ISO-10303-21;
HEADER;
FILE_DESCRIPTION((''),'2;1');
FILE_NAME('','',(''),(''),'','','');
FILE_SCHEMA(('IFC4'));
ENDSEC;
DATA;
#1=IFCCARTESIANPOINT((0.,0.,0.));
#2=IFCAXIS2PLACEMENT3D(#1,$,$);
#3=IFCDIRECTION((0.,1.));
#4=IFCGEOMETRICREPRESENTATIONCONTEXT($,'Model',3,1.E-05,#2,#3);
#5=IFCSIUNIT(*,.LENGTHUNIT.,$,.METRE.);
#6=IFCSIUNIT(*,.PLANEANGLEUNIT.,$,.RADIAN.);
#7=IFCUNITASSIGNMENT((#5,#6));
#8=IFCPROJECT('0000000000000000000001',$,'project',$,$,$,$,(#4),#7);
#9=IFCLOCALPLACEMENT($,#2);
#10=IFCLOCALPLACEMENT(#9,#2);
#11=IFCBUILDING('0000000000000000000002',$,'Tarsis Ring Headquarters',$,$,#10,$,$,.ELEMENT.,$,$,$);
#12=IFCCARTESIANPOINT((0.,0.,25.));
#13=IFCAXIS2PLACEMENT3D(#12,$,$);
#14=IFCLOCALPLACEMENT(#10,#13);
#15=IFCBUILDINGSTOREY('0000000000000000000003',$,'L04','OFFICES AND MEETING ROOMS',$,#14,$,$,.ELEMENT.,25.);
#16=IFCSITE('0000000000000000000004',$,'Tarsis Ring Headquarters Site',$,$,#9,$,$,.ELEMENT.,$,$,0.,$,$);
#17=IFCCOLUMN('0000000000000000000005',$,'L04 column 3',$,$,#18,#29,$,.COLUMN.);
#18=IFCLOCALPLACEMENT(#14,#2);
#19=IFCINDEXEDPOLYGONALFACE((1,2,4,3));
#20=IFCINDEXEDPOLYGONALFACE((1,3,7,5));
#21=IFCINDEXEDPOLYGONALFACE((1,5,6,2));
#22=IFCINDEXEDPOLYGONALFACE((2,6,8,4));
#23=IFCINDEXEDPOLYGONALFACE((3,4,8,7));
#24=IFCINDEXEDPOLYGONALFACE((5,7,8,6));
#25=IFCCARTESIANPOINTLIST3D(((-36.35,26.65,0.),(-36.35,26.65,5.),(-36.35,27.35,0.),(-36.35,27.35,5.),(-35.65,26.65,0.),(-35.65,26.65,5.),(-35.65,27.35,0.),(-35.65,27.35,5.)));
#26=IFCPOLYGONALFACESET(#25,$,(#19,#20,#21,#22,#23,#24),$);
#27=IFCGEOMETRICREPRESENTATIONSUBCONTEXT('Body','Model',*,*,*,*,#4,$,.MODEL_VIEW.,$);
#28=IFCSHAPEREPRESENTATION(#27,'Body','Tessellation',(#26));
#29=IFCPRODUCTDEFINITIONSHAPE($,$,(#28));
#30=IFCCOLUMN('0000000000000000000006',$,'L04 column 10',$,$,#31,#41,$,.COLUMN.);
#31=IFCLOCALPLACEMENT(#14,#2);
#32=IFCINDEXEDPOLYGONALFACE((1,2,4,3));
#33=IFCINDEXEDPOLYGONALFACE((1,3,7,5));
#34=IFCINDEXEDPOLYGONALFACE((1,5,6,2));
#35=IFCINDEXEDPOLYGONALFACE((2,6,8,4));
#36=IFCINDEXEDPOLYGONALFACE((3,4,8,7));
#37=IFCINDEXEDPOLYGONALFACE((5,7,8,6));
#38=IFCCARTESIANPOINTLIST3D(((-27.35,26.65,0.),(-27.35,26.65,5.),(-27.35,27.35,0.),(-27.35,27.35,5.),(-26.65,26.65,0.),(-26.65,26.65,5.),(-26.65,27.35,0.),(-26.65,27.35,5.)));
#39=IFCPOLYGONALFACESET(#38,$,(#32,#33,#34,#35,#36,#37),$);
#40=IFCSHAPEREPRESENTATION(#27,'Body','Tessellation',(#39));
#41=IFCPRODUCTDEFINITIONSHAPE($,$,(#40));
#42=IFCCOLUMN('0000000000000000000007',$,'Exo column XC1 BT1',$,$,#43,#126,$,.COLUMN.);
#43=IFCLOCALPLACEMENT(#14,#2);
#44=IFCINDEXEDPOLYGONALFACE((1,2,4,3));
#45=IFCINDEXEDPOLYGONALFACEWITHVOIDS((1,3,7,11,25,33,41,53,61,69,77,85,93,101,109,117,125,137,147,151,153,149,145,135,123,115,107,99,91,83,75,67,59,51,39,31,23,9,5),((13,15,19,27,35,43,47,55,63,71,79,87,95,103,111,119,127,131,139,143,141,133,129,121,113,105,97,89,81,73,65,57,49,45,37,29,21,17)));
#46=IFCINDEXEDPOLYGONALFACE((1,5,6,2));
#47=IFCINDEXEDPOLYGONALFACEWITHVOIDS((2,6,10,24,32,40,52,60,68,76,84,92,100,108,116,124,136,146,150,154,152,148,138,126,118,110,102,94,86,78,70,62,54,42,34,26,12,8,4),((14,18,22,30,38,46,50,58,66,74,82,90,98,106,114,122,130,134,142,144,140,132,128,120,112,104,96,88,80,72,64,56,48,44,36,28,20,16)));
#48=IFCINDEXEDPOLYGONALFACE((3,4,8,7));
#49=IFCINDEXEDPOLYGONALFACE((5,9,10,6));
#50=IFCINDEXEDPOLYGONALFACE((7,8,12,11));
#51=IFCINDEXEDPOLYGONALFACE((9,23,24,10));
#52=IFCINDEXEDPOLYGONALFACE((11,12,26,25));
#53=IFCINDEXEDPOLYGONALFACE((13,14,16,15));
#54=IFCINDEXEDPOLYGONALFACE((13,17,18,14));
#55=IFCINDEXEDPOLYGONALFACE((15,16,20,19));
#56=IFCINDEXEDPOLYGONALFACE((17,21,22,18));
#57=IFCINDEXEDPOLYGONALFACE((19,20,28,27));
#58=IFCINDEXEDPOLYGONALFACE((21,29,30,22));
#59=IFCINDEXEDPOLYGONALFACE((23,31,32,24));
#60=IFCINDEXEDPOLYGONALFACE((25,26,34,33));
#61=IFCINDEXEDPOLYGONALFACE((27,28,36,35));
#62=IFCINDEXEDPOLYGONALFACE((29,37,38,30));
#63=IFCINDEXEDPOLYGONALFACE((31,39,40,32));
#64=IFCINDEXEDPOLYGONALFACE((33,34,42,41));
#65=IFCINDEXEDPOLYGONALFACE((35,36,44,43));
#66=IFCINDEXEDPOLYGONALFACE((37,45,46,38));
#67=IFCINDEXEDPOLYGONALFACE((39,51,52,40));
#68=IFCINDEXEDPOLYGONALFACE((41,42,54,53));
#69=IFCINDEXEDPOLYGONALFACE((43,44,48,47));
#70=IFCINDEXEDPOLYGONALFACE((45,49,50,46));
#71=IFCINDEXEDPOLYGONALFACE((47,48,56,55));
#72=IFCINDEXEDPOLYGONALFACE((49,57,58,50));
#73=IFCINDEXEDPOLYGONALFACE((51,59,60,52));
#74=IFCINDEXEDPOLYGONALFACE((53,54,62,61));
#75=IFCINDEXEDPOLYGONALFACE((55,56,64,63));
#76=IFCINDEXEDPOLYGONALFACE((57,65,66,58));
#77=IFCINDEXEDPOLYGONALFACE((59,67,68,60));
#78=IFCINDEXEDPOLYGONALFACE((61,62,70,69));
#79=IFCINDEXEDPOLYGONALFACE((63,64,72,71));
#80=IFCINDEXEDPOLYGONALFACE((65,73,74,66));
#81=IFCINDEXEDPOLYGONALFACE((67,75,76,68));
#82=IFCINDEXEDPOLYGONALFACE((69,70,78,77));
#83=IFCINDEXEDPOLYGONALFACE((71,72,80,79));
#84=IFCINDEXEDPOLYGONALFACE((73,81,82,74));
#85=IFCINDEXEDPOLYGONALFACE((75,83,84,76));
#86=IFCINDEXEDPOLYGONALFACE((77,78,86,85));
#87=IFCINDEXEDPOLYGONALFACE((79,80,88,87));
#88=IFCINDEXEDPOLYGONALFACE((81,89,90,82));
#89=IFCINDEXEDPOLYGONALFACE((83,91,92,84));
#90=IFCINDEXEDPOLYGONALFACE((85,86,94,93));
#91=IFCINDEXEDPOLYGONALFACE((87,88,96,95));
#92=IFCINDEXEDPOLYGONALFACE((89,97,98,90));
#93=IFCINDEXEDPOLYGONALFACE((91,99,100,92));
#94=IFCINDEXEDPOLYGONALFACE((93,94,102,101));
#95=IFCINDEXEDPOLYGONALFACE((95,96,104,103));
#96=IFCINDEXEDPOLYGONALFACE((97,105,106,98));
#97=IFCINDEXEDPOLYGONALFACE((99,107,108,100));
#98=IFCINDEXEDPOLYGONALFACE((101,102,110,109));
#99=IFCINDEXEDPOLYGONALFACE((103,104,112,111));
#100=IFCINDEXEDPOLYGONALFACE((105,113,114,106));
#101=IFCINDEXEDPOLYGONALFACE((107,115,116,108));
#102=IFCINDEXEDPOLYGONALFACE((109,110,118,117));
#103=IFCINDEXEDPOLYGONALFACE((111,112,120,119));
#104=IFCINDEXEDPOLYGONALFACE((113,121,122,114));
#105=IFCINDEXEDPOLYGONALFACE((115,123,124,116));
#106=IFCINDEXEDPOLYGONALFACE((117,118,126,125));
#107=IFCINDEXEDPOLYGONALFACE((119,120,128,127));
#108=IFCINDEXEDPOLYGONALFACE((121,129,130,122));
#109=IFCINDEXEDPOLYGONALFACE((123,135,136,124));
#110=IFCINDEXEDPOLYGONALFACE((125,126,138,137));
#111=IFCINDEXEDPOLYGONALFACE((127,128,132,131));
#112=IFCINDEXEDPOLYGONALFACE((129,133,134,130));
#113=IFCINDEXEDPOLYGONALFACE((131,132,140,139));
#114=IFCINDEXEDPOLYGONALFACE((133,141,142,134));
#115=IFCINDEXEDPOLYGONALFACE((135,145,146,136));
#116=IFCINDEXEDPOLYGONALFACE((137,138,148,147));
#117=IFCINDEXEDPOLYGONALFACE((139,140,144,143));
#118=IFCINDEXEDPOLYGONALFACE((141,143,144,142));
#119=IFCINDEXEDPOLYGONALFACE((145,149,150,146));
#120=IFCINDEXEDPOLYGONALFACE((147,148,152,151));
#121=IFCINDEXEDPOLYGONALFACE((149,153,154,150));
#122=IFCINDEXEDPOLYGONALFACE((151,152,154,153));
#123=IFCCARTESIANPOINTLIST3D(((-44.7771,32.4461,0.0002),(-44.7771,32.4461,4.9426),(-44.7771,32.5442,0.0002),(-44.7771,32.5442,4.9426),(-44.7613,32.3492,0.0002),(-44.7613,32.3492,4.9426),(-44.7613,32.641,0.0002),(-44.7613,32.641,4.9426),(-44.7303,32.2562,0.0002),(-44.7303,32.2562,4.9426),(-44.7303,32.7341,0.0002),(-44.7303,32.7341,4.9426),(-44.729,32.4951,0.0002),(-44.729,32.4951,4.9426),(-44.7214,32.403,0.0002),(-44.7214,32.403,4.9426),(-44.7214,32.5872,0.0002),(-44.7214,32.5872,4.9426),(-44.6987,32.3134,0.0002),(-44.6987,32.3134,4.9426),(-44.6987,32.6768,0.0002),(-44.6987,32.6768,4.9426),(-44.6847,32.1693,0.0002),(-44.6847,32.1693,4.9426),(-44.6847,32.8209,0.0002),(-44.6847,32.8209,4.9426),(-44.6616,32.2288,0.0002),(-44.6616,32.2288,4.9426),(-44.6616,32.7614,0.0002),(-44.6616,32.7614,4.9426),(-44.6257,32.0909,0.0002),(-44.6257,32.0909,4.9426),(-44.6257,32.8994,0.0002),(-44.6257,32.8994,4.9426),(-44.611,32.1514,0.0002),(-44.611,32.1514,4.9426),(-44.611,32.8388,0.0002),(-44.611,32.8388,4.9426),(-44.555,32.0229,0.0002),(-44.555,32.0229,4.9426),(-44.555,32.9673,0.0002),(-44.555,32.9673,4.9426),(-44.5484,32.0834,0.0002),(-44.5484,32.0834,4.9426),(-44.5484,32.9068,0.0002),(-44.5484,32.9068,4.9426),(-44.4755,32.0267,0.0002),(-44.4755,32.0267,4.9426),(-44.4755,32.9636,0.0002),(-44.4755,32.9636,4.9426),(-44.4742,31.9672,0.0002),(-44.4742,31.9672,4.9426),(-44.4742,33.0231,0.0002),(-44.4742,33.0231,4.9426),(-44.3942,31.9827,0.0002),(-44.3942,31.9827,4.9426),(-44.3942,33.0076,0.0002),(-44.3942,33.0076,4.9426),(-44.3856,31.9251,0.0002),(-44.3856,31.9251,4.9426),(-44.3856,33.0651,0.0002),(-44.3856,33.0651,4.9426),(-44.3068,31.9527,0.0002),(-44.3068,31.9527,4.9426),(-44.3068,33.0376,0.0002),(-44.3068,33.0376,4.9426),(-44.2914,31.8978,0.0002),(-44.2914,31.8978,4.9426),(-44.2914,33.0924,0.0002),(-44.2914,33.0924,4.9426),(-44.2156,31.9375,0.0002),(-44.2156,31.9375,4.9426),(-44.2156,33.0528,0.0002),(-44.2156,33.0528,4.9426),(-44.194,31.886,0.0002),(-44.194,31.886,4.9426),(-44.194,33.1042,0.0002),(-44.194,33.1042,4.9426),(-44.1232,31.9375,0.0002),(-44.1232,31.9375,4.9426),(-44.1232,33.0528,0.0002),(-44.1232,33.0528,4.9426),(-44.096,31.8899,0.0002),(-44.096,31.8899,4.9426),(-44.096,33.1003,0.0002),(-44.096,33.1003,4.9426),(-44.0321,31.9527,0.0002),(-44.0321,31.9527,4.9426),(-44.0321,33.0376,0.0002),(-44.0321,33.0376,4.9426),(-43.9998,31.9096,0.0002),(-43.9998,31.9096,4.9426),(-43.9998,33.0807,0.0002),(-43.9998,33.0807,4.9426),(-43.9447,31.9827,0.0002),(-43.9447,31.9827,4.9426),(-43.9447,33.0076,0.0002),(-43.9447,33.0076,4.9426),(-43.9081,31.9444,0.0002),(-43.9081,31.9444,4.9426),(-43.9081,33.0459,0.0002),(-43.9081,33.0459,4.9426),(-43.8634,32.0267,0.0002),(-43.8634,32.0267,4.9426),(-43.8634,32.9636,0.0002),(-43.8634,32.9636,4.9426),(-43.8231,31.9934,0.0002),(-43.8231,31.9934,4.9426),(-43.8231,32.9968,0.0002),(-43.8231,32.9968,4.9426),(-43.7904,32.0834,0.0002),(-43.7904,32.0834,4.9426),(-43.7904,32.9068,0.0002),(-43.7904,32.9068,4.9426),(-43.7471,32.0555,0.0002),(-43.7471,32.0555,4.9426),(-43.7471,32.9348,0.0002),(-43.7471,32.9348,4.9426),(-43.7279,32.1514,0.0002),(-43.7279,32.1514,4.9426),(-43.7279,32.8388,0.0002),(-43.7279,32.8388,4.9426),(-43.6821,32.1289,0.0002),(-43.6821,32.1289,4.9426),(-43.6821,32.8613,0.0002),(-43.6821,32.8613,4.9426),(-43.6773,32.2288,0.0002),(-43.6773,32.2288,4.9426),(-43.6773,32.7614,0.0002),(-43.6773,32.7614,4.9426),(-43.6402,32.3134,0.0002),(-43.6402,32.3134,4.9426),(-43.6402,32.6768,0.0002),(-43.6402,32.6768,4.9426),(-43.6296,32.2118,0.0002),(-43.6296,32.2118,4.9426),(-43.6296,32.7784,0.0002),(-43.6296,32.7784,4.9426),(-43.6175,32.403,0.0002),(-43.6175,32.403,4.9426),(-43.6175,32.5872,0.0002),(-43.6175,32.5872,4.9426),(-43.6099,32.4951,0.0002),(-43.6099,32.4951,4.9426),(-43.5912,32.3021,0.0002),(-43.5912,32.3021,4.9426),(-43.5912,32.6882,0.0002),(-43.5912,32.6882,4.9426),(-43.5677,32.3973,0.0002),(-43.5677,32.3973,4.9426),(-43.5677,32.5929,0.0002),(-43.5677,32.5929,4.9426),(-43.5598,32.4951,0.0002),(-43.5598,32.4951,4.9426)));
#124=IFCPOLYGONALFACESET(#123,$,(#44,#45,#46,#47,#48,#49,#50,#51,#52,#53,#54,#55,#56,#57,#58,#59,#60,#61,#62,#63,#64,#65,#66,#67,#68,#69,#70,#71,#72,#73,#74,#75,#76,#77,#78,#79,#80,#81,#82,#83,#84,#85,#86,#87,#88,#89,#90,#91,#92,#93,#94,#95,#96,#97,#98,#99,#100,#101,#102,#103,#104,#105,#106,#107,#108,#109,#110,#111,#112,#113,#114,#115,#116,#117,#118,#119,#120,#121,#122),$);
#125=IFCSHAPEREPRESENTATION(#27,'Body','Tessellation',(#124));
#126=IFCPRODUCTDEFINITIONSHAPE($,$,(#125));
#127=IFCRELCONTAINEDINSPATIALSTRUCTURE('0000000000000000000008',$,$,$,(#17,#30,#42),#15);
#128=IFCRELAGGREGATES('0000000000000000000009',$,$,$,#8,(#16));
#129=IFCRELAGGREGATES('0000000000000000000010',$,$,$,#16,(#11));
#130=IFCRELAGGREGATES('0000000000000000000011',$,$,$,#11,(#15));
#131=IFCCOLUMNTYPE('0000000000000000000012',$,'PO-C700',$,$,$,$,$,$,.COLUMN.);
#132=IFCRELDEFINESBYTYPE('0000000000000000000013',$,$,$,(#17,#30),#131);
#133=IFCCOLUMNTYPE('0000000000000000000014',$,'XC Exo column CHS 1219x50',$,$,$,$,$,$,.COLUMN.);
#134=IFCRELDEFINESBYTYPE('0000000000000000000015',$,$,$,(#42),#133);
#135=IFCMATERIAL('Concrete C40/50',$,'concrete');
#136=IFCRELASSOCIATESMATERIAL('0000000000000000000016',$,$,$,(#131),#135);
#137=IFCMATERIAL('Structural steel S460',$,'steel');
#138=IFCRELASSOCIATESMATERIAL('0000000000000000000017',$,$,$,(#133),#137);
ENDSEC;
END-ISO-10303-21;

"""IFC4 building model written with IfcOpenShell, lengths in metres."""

from ifc_helpers import new_model, si_unit, direction, frame, origin, origin_2d, place, context, subcontext, project, spatial, rectangle, hollow_circle, extrude, material, material_profile, profile_set, type_object, element, save


model = new_model("IFC4")

# Units and contexts
model_context = context("Model", 3, precision=1e-05, world=origin(), true_north=direction((0.0, 1.0)))
body_context = subcontext(model_context, "Body", "Model", "MODEL_VIEW")
ifc_project = project(units=[si_unit("LENGTHUNIT", "METRE"), si_unit("PLANEANGLEUNIT", "RADIAN")], contexts=[model_context])

# Site, building, storey
site_placement = place(None, origin())
site = spatial("IfcSite", under=ifc_project, at=site_placement, Name="Tarsis Ring Headquarters Site", CompositionType="ELEMENT", RefElevation=0.0)
building_placement = place(site_placement, origin())
building = spatial("IfcBuilding", under=site, at=building_placement, Name="Tarsis Ring Headquarters", CompositionType="ELEMENT")
storey_placement = place(building_placement, frame((0.0, 0.0, 25.0)))
storey = spatial("IfcBuildingStorey", under=building, at=storey_placement, Name="L04", Description="OFFICES AND MEETING ROOMS", CompositionType="ELEMENT", Elevation=25.0)

# Columns
ifc_material_1 = material(Name="Concrete C40/50", Category="concrete")
ifc_material_profile_1 = material_profile(ifc_material_1, rectangle(XDim=0.7, YDim=0.7, at=origin_2d()), Name="PO-C700")
ifc_profile_set_1 = profile_set([ifc_material_profile_1], Name="Concrete C40/50")
column_type_1 = type_object("IfcColumnType", Name="PO-C700", PredefinedType="COLUMN", material=ifc_profile_set_1)
for number, where, z_axis, x_axis, name in (
    (1, (-36.0, 27.0, 0.0), (0.0, 0.0, 1.0), (1.0, 0.0, 0.0), "L04 column 3"),
    (2, (-27.0, 27.0, 0.0), (0.0, 0.0, 1.0), (1.0, 0.0, 0.0), "L04 column 10"),
):
    element("IfcColumn", number, at=place(storey_placement, frame(where, z_axis=z_axis, x_axis=x_axis)), inside=storey, type_object=column_type_1, Name=name, PredefinedType="COLUMN", context=body_context, shape_type="SweptSolid", body=[
        extrude(rectangle(XDim=0.7, YDim=0.7, at=origin_2d()), origin(), (0.0, 0.0, 1.0), 5.0),
    ])
ifc_material_2 = material(Name="Structural steel S460", Category="steel")
ifc_material_profile_2 = material_profile(ifc_material_2, hollow_circle(Radius=0.6096, WallThickness=0.05, at=origin_2d()), Name="CHS 1219x50")
ifc_profile_set_2 = profile_set([ifc_material_profile_2], Name="Structural steel S460")
column_type_2 = type_object("IfcColumnType", Name="XC Exo column CHS 1219x50", PredefinedType="COLUMN", material=ifc_profile_set_2)
column_1_placement = place(storey_placement, frame((-44.1694, 32.4951, 0.0002), z_axis=(0.0, 0.0, 1.0), x_axis=(1.0, 0.0, 0.0)))
element("IfcColumn", 3, at=column_1_placement, inside=storey, type_object=column_type_2, Name="Exo column XC1 BT1", PredefinedType="COLUMN", context=body_context, shape_type="SweptSolid", body=[
    extrude(hollow_circle(Radius=0.6096, WallThickness=0.05, at=origin_2d()), origin(), (0.0, 0.0, 1.0), 4.9424),
])

save(model, "model.ifc")
